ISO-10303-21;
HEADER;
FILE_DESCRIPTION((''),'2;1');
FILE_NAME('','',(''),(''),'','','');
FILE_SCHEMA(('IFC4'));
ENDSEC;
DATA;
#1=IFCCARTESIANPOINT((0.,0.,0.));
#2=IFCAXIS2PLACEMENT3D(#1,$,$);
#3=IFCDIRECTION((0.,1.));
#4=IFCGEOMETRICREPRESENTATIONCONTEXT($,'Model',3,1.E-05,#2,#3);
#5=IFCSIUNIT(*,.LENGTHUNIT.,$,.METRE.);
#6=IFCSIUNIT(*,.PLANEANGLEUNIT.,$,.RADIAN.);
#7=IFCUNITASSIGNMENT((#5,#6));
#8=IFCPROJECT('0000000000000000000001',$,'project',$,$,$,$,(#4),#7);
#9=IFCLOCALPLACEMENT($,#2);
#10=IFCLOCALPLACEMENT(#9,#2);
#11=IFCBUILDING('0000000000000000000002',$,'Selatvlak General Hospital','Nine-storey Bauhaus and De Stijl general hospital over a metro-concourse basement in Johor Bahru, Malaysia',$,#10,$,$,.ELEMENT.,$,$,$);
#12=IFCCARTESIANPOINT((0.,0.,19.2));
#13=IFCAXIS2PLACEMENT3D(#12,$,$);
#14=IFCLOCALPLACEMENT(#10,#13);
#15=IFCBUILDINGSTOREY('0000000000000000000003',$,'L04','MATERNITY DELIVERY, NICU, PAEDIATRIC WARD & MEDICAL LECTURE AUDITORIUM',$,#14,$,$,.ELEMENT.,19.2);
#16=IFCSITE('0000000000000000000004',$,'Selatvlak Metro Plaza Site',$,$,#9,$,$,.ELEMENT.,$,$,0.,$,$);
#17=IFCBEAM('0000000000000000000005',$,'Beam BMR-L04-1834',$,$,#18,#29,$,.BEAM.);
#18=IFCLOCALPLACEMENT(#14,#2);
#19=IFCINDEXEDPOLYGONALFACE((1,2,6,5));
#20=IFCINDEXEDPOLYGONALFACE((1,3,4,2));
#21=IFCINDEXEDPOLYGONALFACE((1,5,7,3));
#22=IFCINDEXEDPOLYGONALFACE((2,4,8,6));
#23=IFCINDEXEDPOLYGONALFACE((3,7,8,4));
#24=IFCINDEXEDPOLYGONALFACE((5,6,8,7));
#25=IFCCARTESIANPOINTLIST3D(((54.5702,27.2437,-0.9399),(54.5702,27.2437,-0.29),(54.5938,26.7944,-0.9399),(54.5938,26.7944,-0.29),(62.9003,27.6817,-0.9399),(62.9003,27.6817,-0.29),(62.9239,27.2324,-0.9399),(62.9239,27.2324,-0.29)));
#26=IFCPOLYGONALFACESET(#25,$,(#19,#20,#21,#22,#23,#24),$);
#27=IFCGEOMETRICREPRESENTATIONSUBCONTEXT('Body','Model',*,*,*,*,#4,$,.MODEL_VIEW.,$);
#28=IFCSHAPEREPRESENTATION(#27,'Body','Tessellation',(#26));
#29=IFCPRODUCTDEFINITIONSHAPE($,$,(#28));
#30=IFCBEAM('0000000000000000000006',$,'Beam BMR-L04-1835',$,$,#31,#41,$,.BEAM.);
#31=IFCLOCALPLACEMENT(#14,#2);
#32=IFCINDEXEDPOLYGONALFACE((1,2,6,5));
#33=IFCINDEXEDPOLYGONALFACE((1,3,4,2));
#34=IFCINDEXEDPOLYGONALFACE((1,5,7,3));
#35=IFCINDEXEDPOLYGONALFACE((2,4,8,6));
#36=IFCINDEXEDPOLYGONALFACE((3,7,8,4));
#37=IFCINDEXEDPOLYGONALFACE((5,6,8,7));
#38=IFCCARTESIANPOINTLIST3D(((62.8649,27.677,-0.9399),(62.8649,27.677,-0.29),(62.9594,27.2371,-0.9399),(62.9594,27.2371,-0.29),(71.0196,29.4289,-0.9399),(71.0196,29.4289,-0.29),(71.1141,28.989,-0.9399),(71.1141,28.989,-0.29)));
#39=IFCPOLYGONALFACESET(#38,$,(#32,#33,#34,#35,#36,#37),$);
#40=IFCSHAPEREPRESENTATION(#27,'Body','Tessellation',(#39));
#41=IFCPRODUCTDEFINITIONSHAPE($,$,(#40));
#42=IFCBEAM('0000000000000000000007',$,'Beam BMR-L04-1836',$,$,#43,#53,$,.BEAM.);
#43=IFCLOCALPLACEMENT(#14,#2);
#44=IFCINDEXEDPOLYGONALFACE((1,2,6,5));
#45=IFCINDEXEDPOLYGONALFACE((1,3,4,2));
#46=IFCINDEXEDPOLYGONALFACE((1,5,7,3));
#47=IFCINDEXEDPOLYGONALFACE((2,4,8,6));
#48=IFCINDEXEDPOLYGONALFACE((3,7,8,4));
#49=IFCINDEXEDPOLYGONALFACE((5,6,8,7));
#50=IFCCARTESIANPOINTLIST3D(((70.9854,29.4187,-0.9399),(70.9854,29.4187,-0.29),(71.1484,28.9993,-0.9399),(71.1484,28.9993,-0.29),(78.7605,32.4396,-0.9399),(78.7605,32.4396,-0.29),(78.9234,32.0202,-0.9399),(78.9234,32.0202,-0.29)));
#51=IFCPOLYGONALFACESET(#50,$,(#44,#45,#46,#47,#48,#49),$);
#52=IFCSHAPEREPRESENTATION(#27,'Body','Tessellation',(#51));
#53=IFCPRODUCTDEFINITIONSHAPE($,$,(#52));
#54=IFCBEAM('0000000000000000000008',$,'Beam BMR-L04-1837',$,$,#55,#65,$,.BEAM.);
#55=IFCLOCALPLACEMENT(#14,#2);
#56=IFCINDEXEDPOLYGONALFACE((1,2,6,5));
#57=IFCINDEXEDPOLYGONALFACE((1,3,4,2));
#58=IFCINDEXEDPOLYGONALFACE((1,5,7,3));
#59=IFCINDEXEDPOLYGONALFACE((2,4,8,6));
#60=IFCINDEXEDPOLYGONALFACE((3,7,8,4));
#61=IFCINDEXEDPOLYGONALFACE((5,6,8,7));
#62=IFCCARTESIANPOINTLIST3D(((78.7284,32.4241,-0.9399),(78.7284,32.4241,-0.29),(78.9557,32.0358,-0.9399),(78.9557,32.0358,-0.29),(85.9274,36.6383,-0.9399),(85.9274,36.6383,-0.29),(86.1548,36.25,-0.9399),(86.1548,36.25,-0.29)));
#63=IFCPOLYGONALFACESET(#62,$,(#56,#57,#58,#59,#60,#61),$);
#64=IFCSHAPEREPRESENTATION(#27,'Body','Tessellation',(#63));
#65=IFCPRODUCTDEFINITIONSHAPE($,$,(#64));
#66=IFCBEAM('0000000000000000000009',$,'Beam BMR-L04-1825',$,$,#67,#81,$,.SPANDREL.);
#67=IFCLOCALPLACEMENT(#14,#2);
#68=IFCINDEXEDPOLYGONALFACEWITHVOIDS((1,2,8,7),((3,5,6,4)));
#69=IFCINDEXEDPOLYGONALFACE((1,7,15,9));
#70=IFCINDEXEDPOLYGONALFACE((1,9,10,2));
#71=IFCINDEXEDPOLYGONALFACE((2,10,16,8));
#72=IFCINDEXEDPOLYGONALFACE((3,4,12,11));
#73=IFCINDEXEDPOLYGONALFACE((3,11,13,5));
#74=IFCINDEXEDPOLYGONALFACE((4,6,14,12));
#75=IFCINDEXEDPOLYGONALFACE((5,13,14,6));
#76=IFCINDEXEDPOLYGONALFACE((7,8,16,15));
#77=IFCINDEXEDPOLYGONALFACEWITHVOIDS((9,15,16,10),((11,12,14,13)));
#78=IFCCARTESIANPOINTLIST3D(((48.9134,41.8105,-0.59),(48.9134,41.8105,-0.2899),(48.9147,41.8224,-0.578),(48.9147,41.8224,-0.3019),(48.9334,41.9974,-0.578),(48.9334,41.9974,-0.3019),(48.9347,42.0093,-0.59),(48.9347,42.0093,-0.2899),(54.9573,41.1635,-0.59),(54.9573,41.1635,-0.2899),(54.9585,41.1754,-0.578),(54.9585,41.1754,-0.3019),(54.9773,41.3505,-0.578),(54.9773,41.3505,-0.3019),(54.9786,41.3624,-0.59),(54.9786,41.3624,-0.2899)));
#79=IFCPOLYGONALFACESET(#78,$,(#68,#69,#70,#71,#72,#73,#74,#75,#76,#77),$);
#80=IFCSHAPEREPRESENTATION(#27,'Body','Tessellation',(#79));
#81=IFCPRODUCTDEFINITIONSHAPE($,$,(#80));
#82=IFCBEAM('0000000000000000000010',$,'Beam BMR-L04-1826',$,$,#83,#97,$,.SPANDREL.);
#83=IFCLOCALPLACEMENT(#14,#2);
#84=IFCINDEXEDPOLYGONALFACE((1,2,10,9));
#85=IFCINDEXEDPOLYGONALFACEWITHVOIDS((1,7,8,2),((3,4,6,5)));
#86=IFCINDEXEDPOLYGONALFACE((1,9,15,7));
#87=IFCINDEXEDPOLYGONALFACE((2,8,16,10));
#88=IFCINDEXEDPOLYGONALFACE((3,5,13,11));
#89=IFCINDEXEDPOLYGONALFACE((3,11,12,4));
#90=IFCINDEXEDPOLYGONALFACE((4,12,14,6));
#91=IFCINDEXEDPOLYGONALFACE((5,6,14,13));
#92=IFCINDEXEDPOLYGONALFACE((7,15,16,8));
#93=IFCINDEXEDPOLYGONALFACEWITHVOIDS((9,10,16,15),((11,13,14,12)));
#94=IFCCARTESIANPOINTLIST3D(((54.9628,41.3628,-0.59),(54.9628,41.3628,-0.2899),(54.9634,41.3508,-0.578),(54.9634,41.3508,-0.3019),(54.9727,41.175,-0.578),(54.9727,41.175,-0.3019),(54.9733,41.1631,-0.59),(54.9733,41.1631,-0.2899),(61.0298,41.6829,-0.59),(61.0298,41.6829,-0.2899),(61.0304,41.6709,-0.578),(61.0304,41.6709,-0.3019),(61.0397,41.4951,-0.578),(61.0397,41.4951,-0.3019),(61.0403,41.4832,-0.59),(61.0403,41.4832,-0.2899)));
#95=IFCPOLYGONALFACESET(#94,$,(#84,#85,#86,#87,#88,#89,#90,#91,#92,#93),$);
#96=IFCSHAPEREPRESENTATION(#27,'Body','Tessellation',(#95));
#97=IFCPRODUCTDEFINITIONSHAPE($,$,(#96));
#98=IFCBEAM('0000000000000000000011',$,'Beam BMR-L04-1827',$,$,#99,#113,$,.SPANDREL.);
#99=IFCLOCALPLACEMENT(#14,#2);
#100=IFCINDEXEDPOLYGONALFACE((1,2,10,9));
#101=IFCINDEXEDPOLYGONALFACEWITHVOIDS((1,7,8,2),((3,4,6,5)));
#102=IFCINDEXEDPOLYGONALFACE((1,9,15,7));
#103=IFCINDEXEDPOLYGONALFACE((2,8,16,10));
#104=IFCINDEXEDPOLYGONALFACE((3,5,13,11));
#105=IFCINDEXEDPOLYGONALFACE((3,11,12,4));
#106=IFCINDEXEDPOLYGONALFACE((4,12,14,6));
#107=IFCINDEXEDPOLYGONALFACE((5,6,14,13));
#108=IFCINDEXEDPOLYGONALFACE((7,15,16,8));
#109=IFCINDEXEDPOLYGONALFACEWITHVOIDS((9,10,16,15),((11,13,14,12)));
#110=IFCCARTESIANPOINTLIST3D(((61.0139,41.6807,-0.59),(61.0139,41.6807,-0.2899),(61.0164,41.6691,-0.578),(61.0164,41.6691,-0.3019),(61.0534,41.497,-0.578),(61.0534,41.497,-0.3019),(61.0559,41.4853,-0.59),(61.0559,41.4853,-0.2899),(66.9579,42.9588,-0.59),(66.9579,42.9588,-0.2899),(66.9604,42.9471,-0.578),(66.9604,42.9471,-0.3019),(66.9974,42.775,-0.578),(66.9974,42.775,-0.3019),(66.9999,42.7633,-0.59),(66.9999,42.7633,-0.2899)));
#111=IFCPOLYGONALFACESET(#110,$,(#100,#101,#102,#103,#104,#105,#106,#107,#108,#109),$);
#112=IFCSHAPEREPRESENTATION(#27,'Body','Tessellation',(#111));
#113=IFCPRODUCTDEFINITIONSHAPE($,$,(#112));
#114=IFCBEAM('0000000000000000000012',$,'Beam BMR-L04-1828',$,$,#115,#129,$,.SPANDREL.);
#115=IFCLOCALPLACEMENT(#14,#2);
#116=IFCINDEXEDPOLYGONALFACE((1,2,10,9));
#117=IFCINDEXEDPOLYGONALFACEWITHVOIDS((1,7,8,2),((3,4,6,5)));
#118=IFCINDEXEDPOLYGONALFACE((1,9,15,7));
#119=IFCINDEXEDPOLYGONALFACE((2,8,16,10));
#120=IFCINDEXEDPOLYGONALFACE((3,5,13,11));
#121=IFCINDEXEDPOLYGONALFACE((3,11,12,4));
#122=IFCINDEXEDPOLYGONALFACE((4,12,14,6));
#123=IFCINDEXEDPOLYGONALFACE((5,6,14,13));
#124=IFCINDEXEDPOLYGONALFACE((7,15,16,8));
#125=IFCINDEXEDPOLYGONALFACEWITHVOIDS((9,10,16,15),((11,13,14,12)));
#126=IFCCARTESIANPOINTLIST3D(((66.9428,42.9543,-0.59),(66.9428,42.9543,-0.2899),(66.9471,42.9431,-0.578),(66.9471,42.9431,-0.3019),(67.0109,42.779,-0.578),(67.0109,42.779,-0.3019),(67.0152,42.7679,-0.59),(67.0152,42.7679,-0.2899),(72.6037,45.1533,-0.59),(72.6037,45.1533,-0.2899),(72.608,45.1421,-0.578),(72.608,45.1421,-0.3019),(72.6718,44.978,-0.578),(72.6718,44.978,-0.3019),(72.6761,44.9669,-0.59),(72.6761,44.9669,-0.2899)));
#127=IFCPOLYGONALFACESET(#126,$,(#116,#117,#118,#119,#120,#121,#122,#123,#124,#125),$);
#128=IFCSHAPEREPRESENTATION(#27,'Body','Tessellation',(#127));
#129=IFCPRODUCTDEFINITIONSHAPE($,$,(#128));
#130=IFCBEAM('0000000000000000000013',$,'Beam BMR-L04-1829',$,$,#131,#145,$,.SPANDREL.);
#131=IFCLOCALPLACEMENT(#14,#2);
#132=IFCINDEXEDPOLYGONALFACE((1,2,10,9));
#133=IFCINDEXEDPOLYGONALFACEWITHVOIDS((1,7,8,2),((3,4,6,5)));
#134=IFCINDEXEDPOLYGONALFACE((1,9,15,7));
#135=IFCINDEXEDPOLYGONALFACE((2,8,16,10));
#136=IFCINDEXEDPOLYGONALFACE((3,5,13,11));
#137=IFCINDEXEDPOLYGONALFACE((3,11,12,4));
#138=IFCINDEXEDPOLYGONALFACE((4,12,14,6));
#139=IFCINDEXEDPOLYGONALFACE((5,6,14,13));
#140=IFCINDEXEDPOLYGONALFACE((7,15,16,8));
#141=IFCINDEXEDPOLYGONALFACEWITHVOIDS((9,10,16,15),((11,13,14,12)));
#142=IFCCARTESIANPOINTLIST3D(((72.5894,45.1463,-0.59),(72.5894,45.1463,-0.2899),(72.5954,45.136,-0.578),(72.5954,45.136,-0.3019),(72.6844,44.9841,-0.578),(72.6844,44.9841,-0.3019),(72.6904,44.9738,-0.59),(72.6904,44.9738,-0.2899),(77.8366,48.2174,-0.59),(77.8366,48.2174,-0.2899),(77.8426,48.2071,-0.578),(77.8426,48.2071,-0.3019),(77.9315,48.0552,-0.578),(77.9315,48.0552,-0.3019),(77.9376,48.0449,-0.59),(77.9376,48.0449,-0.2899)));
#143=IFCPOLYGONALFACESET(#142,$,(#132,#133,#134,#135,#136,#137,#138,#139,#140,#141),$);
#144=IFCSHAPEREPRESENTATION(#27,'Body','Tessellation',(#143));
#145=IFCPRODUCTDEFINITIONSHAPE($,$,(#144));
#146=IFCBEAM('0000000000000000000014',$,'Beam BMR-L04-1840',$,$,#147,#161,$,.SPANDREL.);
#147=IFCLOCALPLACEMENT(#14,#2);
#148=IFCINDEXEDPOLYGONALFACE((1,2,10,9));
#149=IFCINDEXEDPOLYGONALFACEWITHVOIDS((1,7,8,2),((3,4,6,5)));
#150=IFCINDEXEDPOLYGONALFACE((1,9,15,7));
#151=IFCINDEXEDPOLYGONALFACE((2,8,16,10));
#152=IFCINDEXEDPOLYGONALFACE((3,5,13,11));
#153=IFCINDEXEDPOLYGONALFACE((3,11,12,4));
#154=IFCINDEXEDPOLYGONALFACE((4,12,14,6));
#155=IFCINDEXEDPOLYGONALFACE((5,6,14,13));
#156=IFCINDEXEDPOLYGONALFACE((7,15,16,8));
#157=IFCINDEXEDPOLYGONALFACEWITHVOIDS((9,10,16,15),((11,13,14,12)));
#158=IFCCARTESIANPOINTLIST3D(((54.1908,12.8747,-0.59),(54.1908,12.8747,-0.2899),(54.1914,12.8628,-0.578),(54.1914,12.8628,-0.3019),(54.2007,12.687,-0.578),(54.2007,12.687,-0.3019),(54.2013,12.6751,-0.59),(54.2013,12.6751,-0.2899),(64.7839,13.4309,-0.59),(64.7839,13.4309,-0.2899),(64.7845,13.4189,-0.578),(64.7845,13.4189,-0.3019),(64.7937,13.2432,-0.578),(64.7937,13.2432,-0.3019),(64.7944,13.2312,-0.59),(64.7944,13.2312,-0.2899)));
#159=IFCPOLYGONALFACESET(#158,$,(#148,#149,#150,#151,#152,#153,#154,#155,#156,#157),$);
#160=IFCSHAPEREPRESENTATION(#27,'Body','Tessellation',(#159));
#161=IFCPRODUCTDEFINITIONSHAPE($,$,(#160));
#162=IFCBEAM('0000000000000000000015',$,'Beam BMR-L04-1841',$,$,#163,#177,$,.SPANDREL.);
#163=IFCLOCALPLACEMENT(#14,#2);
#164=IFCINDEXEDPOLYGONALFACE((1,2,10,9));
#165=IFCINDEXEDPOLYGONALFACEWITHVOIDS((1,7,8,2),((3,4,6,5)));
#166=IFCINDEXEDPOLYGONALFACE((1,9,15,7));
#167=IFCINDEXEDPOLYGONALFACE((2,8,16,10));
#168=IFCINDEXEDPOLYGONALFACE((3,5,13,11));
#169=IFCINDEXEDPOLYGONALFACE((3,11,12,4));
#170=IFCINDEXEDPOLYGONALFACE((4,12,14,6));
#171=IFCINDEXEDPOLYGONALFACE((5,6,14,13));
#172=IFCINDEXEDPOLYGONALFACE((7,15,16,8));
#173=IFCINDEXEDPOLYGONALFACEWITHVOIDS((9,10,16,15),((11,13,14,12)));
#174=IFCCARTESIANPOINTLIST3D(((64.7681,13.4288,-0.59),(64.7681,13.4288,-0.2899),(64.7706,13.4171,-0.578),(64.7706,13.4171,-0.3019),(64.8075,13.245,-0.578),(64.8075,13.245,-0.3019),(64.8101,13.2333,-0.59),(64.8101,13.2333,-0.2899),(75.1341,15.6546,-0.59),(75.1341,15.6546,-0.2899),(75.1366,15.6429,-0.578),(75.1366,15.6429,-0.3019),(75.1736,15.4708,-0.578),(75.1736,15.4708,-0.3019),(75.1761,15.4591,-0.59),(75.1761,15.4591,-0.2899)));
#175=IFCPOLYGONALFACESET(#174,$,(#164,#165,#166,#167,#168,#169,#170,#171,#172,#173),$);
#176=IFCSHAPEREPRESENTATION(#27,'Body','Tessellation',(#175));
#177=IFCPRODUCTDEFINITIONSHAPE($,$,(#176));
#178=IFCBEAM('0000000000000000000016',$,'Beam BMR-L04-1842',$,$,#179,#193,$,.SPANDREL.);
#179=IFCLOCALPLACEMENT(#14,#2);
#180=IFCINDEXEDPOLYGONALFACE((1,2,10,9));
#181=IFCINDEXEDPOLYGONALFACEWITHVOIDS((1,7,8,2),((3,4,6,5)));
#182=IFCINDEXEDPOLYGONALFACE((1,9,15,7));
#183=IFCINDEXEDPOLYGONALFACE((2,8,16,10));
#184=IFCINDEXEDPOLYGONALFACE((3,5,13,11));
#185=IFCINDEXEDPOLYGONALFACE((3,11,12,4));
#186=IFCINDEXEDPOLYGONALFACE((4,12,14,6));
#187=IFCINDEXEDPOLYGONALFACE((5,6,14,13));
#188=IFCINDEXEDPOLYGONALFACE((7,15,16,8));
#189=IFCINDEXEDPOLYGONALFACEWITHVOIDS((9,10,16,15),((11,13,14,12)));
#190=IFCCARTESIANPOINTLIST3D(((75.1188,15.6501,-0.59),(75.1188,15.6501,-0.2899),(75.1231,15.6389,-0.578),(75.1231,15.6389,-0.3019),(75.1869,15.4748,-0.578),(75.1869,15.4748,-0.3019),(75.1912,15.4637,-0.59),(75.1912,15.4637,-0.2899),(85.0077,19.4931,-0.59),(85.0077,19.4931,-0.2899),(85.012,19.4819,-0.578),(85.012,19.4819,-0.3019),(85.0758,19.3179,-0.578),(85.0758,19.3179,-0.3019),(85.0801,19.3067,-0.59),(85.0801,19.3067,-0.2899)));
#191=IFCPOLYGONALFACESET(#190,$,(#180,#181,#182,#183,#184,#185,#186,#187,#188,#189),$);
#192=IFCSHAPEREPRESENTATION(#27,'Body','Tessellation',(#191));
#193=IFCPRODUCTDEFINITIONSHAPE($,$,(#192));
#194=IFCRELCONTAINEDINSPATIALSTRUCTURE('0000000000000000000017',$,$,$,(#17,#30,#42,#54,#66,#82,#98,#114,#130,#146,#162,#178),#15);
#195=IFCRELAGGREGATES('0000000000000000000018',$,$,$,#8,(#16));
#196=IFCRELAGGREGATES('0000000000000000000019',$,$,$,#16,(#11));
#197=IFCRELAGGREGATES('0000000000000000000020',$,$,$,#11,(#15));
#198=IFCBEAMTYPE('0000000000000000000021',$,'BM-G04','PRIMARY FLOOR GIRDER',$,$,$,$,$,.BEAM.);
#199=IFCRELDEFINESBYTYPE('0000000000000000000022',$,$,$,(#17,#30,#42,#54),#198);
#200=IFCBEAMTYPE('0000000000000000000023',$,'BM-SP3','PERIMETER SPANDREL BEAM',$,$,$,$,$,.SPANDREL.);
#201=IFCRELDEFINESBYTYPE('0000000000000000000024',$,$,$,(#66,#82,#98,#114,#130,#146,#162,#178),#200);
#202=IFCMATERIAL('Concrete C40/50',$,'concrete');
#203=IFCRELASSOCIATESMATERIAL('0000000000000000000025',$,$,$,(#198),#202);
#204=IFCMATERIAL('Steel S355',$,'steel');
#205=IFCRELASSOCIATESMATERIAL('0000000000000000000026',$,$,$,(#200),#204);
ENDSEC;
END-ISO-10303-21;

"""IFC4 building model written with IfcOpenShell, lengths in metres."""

from ifc_helpers import new_model, si_unit, direction, frame, origin, origin_2d, place, context, subcontext, project, spatial, rectangle, hollow_rectangle, extrude, material, material_profile, profile_set, type_object, element, save


model = new_model("IFC4")

# Units and contexts
model_context = context("Model", 3, precision=1e-05, world=origin(), true_north=direction((0.0, 1.0)))
body_context = subcontext(model_context, "Body", "Model", "MODEL_VIEW")
ifc_project = project(units=[si_unit("LENGTHUNIT", "METRE"), si_unit("PLANEANGLEUNIT", "RADIAN")], contexts=[model_context])

# Site, building, storey
site_placement = place(None, origin())
site = spatial("IfcSite", under=ifc_project, at=site_placement, Name="Selatvlak Metro Plaza Site", CompositionType="ELEMENT", RefElevation=0.0)
building_placement = place(site_placement, origin())
building = spatial("IfcBuilding", under=site, at=building_placement, Name="Selatvlak General Hospital", Description="Nine-storey Bauhaus and De Stijl general hospital over a metro-concourse basement in Johor Bahru, Malaysia", CompositionType="ELEMENT")
storey_placement = place(building_placement, frame((0.0, 0.0, 19.2)))
storey = spatial("IfcBuildingStorey", under=building, at=storey_placement, Name="L04", Description="MATERNITY DELIVERY, NICU, PAEDIATRIC WARD & MEDICAL LECTURE AUDITORIUM", CompositionType="ELEMENT", Elevation=19.2)

# Shared definitions
ifc_material_1 = material(Name="Steel S355", Category="steel")

# Beams
ifc_material_2 = material(Name="Concrete C40/50", Category="concrete")
ifc_material_profile_1 = material_profile(ifc_material_2, rectangle(XDim=0.45, YDim=0.6499, at=origin_2d()), Name="RC-BM 450x650")
ifc_profile_set_1 = profile_set([ifc_material_profile_1], Name="Concrete C40/50")
beam_type_1 = type_object("IfcBeamType", Name="BM-G04", Description="PRIMARY FLOOR GIRDER", PredefinedType="BEAM", material=ifc_profile_set_1)
beam_1_placement = place(storey_placement, frame((54.582, 27.019, -0.615), z_axis=(0.998621, 0.052507, 0.0), x_axis=(-0.052507, 0.998621, 0.0)))
element("IfcBeam", 1, at=beam_1_placement, inside=storey, type_object=beam_type_1, Name="Beam BMR-L04-1834", PredefinedType="BEAM", context=body_context, shape_type="SweptSolid", body=[
    extrude(rectangle(XDim=0.45, YDim=0.6499, at=origin_2d()), origin(), (0.0, 0.0, 1.0), 8.3416),
])
beam_2_placement = place(storey_placement, frame((62.9121, 27.457, -0.615), z_axis=(0.977692, 0.210045, 0.0), x_axis=(-0.210045, 0.977692, 0.0)))
element("IfcBeam", 2, at=beam_2_placement, inside=storey, type_object=beam_type_1, Name="Beam BMR-L04-1835", PredefinedType="BEAM", context=body_context, shape_type="SweptSolid", body=[
    extrude(rectangle(XDim=0.45, YDim=0.6499, at=origin_2d()), origin(), (0.0, 0.0, 1.0), 8.3408),
])
beam_3_placement = place(storey_placement, frame((71.0669, 29.209, -0.615), z_axis=(0.932113, 0.362168, 0.0), x_axis=(-0.362168, 0.932113, 0.0)))
element("IfcBeam", 3, at=beam_3_placement, inside=storey, type_object=beam_type_1, Name="Beam BMR-L04-1836", PredefinedType="BEAM", context=body_context, shape_type="SweptSolid", body=[
    extrude(rectangle(XDim=0.45, YDim=0.6499, at=origin_2d()), origin(), (0.0, 0.0, 1.0), 8.3413),
])
beam_4_placement = place(storey_placement, frame((78.842, 32.23, -0.615), z_axis=(0.86301, 0.505186, 0.0), x_axis=(-0.505186, 0.86301, 0.0)))
element("IfcBeam", 4, at=beam_4_placement, inside=storey, type_object=beam_type_1, Name="Beam BMR-L04-1837", PredefinedType="BEAM", context=body_context, shape_type="SweptSolid", body=[
    extrude(rectangle(XDim=0.45, YDim=0.6499, at=origin_2d()), origin(), (0.0, 0.0, 1.0), 8.3418),
])
ifc_material_profile_2 = material_profile(ifc_material_1, hollow_rectangle(XDim=0.2, YDim=0.3, WallThickness=0.012, at=origin_2d()), Name="RHS 300x200x12")
ifc_profile_set_2 = profile_set([ifc_material_profile_2], Name="Steel S355")
beam_type_2 = type_object("IfcBeamType", Name="BM-SP3", Description="PERIMETER SPANDREL BEAM", PredefinedType="SPANDREL", material=ifc_profile_set_2)
beam_5_placement = place(storey_placement, frame((48.9241, 41.9099, -0.4399), z_axis=(0.994319, -0.106437, 0.0), x_axis=(0.106437, 0.994319, 0.0)))
element("IfcBeam", 5, at=beam_5_placement, inside=storey, type_object=beam_type_2, Name="Beam BMR-L04-1825", PredefinedType="SPANDREL", context=body_context, shape_type="SweptSolid", body=[
    extrude(hollow_rectangle(XDim=0.2, YDim=0.3, WallThickness=0.012, at=origin_2d()), origin(), (0.0, 0.0, 1.0), 6.0784),
])
beam_6_placement = place(storey_placement, frame((54.968, 41.2629, -0.4399), z_axis=(0.998611, 0.052683, 0.0), x_axis=(-0.052683, 0.998611, 0.0)))
element("IfcBeam", 6, at=beam_6_placement, inside=storey, type_object=beam_type_2, Name="Beam BMR-L04-1826", PredefinedType="SPANDREL", context=body_context, shape_type="SweptSolid", body=[
    extrude(hollow_rectangle(XDim=0.2, YDim=0.3, WallThickness=0.012, at=origin_2d()), origin(), (0.0, 0.0, 1.0), 6.0754),
])
beam_7_placement = place(storey_placement, frame((61.0349, 41.583, -0.4399), z_axis=(0.977656, 0.210212, 0.0), x_axis=(-0.210212, 0.977656, 0.0)))
element("IfcBeam", 7, at=beam_7_placement, inside=storey, type_object=beam_type_2, Name="Beam BMR-L04-1827", PredefinedType="SPANDREL", context=body_context, shape_type="SweptSolid", body=[
    extrude(hollow_rectangle(XDim=0.2, YDim=0.3, WallThickness=0.012, at=origin_2d()), origin(), (0.0, 0.0, 1.0), 6.0798),
])
beam_8_placement = place(storey_placement, frame((66.979, 42.8611, -0.4399), z_axis=(0.932143, 0.362091, 0.0), x_axis=(-0.362091, 0.932143, 0.0)))
element("IfcBeam", 8, at=beam_8_placement, inside=storey, type_object=beam_type_2, Name="Beam BMR-L04-1828", PredefinedType="SPANDREL", context=body_context, shape_type="SweptSolid", body=[
    extrude(hollow_rectangle(XDim=0.2, YDim=0.3, WallThickness=0.012, at=origin_2d()), origin(), (0.0, 0.0, 1.0), 6.073),
])
beam_9_placement = place(storey_placement, frame((72.6399, 45.0601, -0.4399), z_axis=(0.863044, 0.505129, 0.0), x_axis=(-0.505129, 0.863044, 0.0)))
element("IfcBeam", 9, at=beam_9_placement, inside=storey, type_object=beam_type_2, Name="Beam BMR-L04-1829", PredefinedType="SPANDREL", context=body_context, shape_type="SweptSolid", body=[
    extrude(hollow_rectangle(XDim=0.2, YDim=0.3, WallThickness=0.012, at=origin_2d()), origin(), (0.0, 0.0, 1.0), 6.0798),
])
beam_10_placement = place(storey_placement, frame((54.196, 12.7749, -0.4399), z_axis=(0.998625, 0.05243, 0.0), x_axis=(-0.05243, 0.998625, 0.0)))
element("IfcBeam", 10, at=beam_10_placement, inside=storey, type_object=beam_type_2, Name="Beam BMR-L04-1840", PredefinedType="SPANDREL", context=body_context, shape_type="SweptSolid", body=[
    extrude(hollow_rectangle(XDim=0.2, YDim=0.3, WallThickness=0.012, at=origin_2d()), origin(), (0.0, 0.0, 1.0), 10.6077),
])
beam_11_placement = place(storey_placement, frame((64.7891, 13.3311, -0.4399), z_axis=(0.977714, 0.20994, 0.0), x_axis=(-0.20994, 0.977714, 0.0)))
element("IfcBeam", 11, at=beam_11_placement, inside=storey, type_object=beam_type_2, Name="Beam BMR-L04-1841", PredefinedType="SPANDREL", context=body_context, shape_type="SweptSolid", body=[
    extrude(hollow_rectangle(XDim=0.2, YDim=0.3, WallThickness=0.012, at=origin_2d()), origin(), (0.0, 0.0, 1.0), 10.6023),
])
beam_12_placement = place(storey_placement, frame((75.155, 15.5569, -0.4399), z_axis=(0.93209, 0.362227, 0.0), x_axis=(-0.362227, 0.93209, 0.0)))
element("IfcBeam", 12, at=beam_12_placement, inside=storey, type_object=beam_type_2, Name="Beam BMR-L04-1842", PredefinedType="SPANDREL", context=body_context, shape_type="SweptSolid", body=[
    extrude(hollow_rectangle(XDim=0.2, YDim=0.3, WallThickness=0.012, at=origin_2d()), origin(), (0.0, 0.0, 1.0), 10.6094),
])

save(model, "model.ifc")
